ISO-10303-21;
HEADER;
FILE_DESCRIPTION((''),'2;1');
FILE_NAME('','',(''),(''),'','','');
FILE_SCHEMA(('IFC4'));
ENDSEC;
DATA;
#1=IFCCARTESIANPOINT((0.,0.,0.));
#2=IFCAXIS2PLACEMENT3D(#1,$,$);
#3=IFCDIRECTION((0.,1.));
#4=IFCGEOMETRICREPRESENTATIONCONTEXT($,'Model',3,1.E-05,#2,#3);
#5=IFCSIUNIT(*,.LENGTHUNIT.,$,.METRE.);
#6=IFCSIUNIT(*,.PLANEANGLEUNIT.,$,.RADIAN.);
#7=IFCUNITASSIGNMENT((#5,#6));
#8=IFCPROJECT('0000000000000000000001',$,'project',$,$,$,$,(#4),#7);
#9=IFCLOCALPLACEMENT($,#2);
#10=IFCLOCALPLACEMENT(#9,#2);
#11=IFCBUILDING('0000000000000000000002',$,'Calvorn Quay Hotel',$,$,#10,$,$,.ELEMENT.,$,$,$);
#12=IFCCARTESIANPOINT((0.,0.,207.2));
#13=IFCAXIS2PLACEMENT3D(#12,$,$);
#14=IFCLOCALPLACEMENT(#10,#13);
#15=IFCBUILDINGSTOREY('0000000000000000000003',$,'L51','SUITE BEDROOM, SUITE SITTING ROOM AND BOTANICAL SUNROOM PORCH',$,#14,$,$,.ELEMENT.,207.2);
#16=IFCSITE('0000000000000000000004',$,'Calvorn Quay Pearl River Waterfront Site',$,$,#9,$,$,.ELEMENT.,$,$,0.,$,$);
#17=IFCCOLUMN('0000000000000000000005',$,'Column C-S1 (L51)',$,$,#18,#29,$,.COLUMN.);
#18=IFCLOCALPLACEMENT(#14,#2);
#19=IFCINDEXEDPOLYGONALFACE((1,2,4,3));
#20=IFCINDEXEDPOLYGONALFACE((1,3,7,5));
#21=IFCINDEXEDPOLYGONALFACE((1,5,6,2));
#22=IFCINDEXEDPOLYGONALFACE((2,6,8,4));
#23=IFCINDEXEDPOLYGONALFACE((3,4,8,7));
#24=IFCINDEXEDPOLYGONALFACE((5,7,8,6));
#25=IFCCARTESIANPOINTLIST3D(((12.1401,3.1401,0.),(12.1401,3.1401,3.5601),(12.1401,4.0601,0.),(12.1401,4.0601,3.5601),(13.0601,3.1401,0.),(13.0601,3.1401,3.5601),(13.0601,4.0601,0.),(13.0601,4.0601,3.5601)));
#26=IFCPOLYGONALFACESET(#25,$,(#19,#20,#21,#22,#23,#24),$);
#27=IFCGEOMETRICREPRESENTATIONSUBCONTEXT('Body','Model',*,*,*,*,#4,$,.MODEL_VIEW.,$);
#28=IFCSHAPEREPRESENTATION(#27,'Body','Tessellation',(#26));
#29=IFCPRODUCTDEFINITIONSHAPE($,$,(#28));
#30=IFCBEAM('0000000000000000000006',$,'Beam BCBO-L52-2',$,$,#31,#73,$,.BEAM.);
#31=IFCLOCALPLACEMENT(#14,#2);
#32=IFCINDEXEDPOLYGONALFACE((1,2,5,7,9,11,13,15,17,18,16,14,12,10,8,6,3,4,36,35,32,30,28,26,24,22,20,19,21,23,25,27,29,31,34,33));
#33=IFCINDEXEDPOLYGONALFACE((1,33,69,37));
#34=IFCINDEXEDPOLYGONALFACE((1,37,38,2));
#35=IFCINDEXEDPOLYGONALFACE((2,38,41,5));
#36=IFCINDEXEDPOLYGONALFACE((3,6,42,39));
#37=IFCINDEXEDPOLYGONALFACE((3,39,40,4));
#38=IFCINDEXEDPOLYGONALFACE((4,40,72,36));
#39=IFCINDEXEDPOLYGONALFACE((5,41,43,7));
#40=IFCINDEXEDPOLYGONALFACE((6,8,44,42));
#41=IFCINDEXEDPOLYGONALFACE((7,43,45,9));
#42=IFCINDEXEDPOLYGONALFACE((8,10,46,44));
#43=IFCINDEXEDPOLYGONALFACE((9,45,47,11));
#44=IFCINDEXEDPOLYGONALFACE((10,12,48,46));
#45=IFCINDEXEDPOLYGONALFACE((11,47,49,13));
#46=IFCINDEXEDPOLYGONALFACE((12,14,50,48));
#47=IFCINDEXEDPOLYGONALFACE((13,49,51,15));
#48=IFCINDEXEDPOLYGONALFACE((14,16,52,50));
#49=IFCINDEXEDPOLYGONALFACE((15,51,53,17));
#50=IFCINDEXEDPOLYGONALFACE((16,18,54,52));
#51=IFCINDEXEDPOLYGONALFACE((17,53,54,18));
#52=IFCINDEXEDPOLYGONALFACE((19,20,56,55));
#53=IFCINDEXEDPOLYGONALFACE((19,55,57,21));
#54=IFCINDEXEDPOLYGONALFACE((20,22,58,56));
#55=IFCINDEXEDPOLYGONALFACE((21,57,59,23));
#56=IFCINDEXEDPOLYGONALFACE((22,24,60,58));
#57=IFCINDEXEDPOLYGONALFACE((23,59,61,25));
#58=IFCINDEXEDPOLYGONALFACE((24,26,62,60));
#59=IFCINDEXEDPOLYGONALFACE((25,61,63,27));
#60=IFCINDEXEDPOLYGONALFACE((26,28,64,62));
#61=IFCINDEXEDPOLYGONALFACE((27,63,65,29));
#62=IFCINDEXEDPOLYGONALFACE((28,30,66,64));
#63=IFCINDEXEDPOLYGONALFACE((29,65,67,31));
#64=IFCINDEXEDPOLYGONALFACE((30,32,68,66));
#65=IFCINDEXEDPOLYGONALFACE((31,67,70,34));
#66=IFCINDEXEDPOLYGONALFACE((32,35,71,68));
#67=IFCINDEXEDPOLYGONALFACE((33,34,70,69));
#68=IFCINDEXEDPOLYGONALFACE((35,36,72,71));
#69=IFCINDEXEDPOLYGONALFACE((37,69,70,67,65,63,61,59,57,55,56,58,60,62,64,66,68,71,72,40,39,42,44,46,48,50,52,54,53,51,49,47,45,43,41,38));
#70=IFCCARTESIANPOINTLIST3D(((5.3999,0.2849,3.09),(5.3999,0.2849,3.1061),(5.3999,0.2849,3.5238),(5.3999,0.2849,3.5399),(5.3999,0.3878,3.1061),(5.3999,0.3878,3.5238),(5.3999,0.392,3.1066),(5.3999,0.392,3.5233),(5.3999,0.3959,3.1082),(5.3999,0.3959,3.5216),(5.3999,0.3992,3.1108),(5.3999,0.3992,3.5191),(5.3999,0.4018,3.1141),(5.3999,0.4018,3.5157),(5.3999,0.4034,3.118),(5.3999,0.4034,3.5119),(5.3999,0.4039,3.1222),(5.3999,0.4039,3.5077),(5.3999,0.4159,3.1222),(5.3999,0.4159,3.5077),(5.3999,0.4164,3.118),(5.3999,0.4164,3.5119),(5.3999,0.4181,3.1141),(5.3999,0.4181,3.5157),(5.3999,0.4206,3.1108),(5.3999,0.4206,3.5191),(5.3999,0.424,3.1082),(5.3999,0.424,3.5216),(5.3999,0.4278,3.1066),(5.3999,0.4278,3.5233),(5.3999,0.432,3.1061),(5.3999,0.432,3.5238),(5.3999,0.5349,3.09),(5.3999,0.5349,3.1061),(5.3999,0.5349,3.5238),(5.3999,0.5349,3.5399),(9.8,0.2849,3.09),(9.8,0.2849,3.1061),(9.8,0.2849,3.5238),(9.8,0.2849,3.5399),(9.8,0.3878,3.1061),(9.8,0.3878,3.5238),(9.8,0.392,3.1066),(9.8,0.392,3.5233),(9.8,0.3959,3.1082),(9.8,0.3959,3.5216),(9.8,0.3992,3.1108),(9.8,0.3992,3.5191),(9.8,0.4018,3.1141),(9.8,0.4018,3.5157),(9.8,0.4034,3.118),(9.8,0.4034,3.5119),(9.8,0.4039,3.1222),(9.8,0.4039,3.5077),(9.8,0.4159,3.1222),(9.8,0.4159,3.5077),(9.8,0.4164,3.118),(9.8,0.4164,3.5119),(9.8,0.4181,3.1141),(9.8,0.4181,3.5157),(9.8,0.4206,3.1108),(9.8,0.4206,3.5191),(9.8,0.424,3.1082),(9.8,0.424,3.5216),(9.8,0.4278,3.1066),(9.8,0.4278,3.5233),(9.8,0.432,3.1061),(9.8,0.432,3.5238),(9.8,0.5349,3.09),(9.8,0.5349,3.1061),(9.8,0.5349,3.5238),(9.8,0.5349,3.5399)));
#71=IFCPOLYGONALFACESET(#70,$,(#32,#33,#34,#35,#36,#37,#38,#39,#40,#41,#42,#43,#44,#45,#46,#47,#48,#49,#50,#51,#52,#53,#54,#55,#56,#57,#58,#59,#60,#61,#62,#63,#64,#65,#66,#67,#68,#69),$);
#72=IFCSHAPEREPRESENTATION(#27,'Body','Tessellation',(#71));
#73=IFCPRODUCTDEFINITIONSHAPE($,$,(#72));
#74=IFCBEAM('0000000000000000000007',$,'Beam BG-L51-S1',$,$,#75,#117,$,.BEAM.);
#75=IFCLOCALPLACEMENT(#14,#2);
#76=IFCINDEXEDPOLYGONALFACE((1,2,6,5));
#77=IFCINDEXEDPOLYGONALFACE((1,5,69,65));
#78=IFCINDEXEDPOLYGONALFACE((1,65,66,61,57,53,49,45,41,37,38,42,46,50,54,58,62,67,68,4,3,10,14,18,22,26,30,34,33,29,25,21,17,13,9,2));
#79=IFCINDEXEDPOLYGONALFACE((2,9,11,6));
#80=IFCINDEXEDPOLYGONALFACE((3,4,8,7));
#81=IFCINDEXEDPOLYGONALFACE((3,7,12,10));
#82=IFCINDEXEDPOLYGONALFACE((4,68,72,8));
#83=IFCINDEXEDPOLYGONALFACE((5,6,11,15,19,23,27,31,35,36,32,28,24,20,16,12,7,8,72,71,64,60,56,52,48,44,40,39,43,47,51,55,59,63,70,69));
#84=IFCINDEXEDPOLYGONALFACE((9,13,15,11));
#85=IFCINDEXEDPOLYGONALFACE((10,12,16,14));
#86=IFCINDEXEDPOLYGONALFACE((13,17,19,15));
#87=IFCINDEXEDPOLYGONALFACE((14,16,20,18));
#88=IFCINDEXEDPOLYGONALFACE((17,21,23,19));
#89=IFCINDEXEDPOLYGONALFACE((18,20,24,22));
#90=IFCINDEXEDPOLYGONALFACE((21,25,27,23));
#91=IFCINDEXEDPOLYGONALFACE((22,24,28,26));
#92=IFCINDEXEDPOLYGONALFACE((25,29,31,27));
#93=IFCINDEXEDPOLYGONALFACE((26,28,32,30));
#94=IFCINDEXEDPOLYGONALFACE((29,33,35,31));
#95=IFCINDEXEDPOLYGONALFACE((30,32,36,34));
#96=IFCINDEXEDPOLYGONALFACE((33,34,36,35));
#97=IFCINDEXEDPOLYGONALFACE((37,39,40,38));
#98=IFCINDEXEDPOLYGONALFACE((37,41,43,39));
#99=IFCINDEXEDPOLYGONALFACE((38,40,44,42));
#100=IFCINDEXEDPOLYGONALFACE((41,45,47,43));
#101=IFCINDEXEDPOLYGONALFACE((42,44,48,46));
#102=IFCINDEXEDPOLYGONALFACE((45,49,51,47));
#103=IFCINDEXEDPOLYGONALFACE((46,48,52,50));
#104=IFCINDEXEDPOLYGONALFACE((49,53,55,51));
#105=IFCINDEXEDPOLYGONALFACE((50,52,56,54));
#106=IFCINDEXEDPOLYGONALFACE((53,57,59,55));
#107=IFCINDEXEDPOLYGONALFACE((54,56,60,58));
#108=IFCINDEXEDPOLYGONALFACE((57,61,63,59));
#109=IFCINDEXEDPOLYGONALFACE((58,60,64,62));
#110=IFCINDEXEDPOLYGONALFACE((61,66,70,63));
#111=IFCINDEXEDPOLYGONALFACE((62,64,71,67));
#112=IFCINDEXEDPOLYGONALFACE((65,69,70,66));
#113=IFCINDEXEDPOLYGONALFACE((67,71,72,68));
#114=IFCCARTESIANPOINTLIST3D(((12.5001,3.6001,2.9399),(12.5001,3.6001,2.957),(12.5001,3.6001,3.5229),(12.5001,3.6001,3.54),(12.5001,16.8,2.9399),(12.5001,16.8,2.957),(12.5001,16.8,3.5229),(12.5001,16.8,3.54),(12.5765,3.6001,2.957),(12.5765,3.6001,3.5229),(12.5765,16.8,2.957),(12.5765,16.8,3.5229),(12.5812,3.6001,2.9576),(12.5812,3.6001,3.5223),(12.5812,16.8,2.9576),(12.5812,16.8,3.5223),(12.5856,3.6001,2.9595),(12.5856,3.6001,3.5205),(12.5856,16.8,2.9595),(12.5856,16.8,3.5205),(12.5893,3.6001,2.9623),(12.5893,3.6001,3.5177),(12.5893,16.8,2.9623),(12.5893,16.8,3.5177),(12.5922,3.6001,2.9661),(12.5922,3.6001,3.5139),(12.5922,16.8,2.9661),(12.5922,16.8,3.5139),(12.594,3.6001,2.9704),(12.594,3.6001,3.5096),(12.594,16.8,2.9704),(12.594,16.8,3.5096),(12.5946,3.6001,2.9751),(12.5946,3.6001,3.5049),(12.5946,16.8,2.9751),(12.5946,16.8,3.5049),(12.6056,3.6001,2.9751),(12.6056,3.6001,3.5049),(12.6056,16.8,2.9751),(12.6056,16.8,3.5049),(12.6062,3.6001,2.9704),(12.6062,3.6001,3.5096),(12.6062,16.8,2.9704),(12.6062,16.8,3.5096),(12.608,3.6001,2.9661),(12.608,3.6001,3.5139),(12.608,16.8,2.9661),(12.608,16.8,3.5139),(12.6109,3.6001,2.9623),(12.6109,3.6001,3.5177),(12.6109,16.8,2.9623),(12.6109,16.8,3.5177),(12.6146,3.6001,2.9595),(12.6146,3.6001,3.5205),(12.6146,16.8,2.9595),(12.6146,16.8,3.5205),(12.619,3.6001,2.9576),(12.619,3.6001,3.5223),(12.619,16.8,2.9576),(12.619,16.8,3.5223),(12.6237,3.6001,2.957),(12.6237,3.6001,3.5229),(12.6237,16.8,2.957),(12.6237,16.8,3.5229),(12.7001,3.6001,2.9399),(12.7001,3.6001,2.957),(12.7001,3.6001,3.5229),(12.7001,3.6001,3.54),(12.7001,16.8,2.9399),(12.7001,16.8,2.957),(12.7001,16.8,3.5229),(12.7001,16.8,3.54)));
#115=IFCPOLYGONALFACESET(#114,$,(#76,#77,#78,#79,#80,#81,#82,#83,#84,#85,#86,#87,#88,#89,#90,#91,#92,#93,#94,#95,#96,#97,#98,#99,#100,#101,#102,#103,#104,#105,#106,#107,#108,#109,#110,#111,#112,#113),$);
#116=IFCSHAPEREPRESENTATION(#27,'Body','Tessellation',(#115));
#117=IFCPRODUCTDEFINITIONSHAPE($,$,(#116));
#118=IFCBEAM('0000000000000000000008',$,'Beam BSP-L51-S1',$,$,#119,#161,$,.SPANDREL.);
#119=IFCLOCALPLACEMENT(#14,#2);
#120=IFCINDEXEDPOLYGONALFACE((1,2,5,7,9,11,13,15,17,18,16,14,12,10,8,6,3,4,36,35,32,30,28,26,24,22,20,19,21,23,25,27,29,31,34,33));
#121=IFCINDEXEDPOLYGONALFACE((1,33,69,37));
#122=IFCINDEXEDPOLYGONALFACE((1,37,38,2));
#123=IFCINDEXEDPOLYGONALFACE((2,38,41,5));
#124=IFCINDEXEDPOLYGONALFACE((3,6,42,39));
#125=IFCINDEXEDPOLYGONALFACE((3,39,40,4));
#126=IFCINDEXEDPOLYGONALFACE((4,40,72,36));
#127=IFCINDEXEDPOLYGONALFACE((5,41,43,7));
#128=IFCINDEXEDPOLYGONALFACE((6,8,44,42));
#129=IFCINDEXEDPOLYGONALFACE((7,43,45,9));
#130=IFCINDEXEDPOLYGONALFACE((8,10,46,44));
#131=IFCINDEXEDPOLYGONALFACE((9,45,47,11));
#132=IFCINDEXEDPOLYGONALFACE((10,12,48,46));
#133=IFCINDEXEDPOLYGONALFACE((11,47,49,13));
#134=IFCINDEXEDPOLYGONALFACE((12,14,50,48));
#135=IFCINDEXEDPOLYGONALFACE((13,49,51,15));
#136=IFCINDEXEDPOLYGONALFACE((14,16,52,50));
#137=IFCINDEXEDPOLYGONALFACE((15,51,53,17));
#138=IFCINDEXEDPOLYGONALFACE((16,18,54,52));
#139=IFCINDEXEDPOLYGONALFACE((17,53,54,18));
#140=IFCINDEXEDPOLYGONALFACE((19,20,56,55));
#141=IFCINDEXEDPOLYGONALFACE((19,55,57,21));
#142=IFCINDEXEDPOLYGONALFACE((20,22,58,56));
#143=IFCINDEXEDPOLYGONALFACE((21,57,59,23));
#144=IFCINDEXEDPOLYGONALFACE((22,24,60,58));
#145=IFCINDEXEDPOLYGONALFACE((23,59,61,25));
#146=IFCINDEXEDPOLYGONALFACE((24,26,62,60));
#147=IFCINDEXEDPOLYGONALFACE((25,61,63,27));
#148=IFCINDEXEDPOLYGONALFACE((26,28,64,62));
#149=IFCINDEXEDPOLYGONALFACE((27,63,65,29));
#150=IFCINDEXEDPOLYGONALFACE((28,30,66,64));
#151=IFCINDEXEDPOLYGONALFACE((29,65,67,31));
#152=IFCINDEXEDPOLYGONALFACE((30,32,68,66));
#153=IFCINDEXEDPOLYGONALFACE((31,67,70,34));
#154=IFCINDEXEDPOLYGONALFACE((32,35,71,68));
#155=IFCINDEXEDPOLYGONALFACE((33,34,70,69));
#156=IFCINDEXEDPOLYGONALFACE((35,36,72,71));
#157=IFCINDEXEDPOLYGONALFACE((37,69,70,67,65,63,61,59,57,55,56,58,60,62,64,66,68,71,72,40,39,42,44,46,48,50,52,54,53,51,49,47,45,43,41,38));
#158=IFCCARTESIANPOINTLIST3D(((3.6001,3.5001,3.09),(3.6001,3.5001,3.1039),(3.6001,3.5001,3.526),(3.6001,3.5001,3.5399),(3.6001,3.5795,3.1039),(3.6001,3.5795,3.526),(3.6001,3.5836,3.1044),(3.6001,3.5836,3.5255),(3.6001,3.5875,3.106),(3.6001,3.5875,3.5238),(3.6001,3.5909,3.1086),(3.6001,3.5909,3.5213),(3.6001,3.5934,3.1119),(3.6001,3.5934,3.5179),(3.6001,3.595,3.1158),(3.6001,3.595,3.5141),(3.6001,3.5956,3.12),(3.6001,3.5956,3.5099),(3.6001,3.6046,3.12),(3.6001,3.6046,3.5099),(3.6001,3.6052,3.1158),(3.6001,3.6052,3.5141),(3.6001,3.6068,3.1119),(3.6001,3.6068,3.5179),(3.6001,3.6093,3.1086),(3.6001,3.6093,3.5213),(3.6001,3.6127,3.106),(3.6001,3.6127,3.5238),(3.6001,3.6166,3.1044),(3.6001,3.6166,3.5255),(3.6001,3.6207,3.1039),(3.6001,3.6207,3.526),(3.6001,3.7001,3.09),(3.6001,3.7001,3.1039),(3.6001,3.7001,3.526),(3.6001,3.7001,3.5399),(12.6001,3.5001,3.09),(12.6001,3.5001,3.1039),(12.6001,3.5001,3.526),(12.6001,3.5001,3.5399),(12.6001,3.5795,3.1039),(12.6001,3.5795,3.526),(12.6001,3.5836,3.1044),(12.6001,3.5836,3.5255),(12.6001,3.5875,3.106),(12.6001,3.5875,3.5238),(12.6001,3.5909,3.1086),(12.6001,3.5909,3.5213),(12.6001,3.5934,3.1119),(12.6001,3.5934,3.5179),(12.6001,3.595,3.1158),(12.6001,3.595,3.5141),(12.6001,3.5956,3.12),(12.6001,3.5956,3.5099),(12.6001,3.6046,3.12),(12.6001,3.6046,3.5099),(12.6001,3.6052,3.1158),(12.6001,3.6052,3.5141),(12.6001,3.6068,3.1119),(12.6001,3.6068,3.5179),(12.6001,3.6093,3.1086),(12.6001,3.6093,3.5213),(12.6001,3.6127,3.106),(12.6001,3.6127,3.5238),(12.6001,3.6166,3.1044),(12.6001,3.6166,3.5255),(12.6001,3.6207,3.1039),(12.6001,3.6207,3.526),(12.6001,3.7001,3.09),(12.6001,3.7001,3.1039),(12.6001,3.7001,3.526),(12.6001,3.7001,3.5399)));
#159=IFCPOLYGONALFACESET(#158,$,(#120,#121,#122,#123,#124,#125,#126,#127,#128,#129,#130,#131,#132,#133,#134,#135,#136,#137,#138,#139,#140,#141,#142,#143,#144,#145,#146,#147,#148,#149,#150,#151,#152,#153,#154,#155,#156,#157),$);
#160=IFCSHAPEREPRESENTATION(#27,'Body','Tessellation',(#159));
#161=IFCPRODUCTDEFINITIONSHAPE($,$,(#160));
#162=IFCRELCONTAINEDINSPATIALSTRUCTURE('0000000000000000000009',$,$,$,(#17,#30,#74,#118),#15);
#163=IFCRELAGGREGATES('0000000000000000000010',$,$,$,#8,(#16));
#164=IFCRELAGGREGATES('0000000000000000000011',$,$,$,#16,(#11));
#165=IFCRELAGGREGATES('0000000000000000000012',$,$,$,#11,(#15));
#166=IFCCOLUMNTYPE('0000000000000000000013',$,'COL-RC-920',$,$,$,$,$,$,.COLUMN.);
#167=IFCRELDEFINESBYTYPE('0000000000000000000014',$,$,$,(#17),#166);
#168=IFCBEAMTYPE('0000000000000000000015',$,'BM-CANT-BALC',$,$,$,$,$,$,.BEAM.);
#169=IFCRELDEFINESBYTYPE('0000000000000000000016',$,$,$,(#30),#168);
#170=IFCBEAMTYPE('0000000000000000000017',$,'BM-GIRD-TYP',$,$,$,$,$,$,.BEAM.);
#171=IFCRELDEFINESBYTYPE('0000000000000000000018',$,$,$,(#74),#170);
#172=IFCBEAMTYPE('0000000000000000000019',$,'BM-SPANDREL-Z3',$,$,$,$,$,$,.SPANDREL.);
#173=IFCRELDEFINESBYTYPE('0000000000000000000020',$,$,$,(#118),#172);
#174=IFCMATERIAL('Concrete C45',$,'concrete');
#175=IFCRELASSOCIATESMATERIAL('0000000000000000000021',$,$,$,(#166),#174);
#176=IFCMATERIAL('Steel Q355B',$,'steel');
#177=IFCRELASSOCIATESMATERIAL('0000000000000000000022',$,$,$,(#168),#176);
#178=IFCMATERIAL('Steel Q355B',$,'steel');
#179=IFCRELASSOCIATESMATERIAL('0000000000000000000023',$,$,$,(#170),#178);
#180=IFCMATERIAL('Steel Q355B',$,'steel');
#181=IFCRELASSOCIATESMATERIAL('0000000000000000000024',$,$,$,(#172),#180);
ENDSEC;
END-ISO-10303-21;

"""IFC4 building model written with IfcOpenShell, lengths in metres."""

from ifc_helpers import new_model, si_unit, direction, frame, origin, origin_2d, place, context, subcontext, project, spatial, rectangle, i_section, extrude, material, material_profile, profile_set, type_object, element, save


model = new_model("IFC4")

# Units and contexts
model_context = context("Model", 3, precision=1e-05, world=origin(), true_north=direction((0.0, 1.0)))
body_context = subcontext(model_context, "Body", "Model", "MODEL_VIEW")
ifc_project = project(units=[si_unit("LENGTHUNIT", "METRE"), si_unit("PLANEANGLEUNIT", "RADIAN")], contexts=[model_context])

# Site, building, storey
site_placement = place(None, origin())
site = spatial("IfcSite", under=ifc_project, at=site_placement, Name="Calvorn Quay Pearl River Waterfront Site", CompositionType="ELEMENT", RefElevation=0.0)
building_placement = place(site_placement, origin())
building = spatial("IfcBuilding", under=site, at=building_placement, Name="Calvorn Quay Hotel", CompositionType="ELEMENT")
storey_placement = place(building_placement, frame((0.0, 0.0, 207.2)))
storey = spatial("IfcBuildingStorey", under=building, at=storey_placement, Name="L51", Description="SUITE BEDROOM, SUITE SITTING ROOM AND BOTANICAL SUNROOM PORCH", CompositionType="ELEMENT", Elevation=207.2)

# Column
ifc_material_1 = material(Name="Concrete C45", Category="concrete")
ifc_material_profile_1 = material_profile(ifc_material_1, rectangle(XDim=0.9199, YDim=0.9199, at=origin_2d()), Name="RC920x920")
ifc_profile_set_1 = profile_set([ifc_material_profile_1], Name="Concrete C45")
column_type = type_object("IfcColumnType", Name="COL-RC-920", PredefinedType="COLUMN", material=ifc_profile_set_1)
column_placement = place(storey_placement, frame((12.6001, 3.6001, 0.0), z_axis=(0.0, 0.0, 1.0), x_axis=(1.0, 0.0, 0.0)))
element("IfcColumn", 1, at=column_placement, inside=storey, type_object=column_type, Name="Column C-S1 (L51)", PredefinedType="COLUMN", context=body_context, shape_type="SweptSolid", body=[
    extrude(rectangle(XDim=0.9199, YDim=0.9199, at=origin_2d()), origin(), (0.0, 0.0, 1.0), 3.5601),
])

# Beams
ifc_material_2 = material(Name="Steel Q355B", Category="steel")
ifc_material_profile_2 = material_profile(ifc_material_2, i_section(OverallWidth=0.25, OverallDepth=0.45, WebThickness=0.012, FlangeThickness=0.0161, FilletRadius=0.0161, at=origin_2d()), Name="HN450x250x12x16")
ifc_profile_set_2 = profile_set([ifc_material_profile_2], Name="Steel Q355B")
beam_type_1 = type_object("IfcBeamType", Name="BM-CANT-BALC", PredefinedType="BEAM", material=ifc_profile_set_2)
beam_1_placement = place(storey_placement, frame((5.3999, 0.4099, 3.3149), z_axis=(1.0, 0.0, 0.0), x_axis=(0.0, 1.0, 0.0)))
element("IfcBeam", 2, at=beam_1_placement, inside=storey, type_object=beam_type_1, Name="Beam BCBO-L52-2", PredefinedType="BEAM", context=body_context, shape_type="SweptSolid", body=[
    extrude(i_section(OverallWidth=0.25, OverallDepth=0.45, WebThickness=0.012, FlangeThickness=0.0161, FilletRadius=0.0161, at=origin_2d()), origin(), (0.0, 0.0, 1.0), 4.4001),
])
ifc_material_3 = material(Name="Steel Q355B", Category="steel")
ifc_material_profile_3 = material_profile(ifc_material_3, i_section(OverallWidth=0.2, OverallDepth=0.6001, WebThickness=0.011, FlangeThickness=0.0171, FilletRadius=0.0181, at=origin_2d()), Name="HN600x200x11x17")
ifc_profile_set_3 = profile_set([ifc_material_profile_3], Name="Steel Q355B")
beam_type_2 = type_object("IfcBeamType", Name="BM-GIRD-TYP", PredefinedType="BEAM", material=ifc_profile_set_3)
beam_2_placement = place(storey_placement, frame((12.6001, 3.6001, 3.24), z_axis=(0.0, 1.0, 0.0), x_axis=(-1.0, 0.0, 0.0)))
element("IfcBeam", 3, at=beam_2_placement, inside=storey, type_object=beam_type_2, Name="Beam BG-L51-S1", PredefinedType="BEAM", context=body_context, shape_type="SweptSolid", body=[
    extrude(i_section(OverallWidth=0.2, OverallDepth=0.6001, WebThickness=0.011, FlangeThickness=0.0171, FilletRadius=0.0181, at=origin_2d()), origin(), (0.0, 0.0, 1.0), 13.2),
])
ifc_material_4 = material(Name="Steel Q355B", Category="steel")
ifc_material_profile_4 = material_profile(ifc_material_4, i_section(OverallWidth=0.2, OverallDepth=0.45, WebThickness=0.009, FlangeThickness=0.0139, FilletRadius=0.0161, at=origin_2d()), Name="HN450x200x9x14")
ifc_profile_set_4 = profile_set([ifc_material_profile_4], Name="Steel Q355B")
beam_type_3 = type_object("IfcBeamType", Name="BM-SPANDREL-Z3", PredefinedType="SPANDREL", material=ifc_profile_set_4)
beam_3_placement = place(storey_placement, frame((3.6001, 3.6001, 3.3149), z_axis=(1.0, 0.0, 0.0), x_axis=(0.0, 1.0, 0.0)))
element("IfcBeam", 4, at=beam_3_placement, inside=storey, type_object=beam_type_3, Name="Beam BSP-L51-S1", PredefinedType="SPANDREL", context=body_context, shape_type="SweptSolid", body=[
    extrude(i_section(OverallWidth=0.2, OverallDepth=0.45, WebThickness=0.009, FlangeThickness=0.0139, FilletRadius=0.0161, at=origin_2d()), origin(), (0.0, 0.0, 1.0), 9.0),
])

save(model, "model.ifc")
